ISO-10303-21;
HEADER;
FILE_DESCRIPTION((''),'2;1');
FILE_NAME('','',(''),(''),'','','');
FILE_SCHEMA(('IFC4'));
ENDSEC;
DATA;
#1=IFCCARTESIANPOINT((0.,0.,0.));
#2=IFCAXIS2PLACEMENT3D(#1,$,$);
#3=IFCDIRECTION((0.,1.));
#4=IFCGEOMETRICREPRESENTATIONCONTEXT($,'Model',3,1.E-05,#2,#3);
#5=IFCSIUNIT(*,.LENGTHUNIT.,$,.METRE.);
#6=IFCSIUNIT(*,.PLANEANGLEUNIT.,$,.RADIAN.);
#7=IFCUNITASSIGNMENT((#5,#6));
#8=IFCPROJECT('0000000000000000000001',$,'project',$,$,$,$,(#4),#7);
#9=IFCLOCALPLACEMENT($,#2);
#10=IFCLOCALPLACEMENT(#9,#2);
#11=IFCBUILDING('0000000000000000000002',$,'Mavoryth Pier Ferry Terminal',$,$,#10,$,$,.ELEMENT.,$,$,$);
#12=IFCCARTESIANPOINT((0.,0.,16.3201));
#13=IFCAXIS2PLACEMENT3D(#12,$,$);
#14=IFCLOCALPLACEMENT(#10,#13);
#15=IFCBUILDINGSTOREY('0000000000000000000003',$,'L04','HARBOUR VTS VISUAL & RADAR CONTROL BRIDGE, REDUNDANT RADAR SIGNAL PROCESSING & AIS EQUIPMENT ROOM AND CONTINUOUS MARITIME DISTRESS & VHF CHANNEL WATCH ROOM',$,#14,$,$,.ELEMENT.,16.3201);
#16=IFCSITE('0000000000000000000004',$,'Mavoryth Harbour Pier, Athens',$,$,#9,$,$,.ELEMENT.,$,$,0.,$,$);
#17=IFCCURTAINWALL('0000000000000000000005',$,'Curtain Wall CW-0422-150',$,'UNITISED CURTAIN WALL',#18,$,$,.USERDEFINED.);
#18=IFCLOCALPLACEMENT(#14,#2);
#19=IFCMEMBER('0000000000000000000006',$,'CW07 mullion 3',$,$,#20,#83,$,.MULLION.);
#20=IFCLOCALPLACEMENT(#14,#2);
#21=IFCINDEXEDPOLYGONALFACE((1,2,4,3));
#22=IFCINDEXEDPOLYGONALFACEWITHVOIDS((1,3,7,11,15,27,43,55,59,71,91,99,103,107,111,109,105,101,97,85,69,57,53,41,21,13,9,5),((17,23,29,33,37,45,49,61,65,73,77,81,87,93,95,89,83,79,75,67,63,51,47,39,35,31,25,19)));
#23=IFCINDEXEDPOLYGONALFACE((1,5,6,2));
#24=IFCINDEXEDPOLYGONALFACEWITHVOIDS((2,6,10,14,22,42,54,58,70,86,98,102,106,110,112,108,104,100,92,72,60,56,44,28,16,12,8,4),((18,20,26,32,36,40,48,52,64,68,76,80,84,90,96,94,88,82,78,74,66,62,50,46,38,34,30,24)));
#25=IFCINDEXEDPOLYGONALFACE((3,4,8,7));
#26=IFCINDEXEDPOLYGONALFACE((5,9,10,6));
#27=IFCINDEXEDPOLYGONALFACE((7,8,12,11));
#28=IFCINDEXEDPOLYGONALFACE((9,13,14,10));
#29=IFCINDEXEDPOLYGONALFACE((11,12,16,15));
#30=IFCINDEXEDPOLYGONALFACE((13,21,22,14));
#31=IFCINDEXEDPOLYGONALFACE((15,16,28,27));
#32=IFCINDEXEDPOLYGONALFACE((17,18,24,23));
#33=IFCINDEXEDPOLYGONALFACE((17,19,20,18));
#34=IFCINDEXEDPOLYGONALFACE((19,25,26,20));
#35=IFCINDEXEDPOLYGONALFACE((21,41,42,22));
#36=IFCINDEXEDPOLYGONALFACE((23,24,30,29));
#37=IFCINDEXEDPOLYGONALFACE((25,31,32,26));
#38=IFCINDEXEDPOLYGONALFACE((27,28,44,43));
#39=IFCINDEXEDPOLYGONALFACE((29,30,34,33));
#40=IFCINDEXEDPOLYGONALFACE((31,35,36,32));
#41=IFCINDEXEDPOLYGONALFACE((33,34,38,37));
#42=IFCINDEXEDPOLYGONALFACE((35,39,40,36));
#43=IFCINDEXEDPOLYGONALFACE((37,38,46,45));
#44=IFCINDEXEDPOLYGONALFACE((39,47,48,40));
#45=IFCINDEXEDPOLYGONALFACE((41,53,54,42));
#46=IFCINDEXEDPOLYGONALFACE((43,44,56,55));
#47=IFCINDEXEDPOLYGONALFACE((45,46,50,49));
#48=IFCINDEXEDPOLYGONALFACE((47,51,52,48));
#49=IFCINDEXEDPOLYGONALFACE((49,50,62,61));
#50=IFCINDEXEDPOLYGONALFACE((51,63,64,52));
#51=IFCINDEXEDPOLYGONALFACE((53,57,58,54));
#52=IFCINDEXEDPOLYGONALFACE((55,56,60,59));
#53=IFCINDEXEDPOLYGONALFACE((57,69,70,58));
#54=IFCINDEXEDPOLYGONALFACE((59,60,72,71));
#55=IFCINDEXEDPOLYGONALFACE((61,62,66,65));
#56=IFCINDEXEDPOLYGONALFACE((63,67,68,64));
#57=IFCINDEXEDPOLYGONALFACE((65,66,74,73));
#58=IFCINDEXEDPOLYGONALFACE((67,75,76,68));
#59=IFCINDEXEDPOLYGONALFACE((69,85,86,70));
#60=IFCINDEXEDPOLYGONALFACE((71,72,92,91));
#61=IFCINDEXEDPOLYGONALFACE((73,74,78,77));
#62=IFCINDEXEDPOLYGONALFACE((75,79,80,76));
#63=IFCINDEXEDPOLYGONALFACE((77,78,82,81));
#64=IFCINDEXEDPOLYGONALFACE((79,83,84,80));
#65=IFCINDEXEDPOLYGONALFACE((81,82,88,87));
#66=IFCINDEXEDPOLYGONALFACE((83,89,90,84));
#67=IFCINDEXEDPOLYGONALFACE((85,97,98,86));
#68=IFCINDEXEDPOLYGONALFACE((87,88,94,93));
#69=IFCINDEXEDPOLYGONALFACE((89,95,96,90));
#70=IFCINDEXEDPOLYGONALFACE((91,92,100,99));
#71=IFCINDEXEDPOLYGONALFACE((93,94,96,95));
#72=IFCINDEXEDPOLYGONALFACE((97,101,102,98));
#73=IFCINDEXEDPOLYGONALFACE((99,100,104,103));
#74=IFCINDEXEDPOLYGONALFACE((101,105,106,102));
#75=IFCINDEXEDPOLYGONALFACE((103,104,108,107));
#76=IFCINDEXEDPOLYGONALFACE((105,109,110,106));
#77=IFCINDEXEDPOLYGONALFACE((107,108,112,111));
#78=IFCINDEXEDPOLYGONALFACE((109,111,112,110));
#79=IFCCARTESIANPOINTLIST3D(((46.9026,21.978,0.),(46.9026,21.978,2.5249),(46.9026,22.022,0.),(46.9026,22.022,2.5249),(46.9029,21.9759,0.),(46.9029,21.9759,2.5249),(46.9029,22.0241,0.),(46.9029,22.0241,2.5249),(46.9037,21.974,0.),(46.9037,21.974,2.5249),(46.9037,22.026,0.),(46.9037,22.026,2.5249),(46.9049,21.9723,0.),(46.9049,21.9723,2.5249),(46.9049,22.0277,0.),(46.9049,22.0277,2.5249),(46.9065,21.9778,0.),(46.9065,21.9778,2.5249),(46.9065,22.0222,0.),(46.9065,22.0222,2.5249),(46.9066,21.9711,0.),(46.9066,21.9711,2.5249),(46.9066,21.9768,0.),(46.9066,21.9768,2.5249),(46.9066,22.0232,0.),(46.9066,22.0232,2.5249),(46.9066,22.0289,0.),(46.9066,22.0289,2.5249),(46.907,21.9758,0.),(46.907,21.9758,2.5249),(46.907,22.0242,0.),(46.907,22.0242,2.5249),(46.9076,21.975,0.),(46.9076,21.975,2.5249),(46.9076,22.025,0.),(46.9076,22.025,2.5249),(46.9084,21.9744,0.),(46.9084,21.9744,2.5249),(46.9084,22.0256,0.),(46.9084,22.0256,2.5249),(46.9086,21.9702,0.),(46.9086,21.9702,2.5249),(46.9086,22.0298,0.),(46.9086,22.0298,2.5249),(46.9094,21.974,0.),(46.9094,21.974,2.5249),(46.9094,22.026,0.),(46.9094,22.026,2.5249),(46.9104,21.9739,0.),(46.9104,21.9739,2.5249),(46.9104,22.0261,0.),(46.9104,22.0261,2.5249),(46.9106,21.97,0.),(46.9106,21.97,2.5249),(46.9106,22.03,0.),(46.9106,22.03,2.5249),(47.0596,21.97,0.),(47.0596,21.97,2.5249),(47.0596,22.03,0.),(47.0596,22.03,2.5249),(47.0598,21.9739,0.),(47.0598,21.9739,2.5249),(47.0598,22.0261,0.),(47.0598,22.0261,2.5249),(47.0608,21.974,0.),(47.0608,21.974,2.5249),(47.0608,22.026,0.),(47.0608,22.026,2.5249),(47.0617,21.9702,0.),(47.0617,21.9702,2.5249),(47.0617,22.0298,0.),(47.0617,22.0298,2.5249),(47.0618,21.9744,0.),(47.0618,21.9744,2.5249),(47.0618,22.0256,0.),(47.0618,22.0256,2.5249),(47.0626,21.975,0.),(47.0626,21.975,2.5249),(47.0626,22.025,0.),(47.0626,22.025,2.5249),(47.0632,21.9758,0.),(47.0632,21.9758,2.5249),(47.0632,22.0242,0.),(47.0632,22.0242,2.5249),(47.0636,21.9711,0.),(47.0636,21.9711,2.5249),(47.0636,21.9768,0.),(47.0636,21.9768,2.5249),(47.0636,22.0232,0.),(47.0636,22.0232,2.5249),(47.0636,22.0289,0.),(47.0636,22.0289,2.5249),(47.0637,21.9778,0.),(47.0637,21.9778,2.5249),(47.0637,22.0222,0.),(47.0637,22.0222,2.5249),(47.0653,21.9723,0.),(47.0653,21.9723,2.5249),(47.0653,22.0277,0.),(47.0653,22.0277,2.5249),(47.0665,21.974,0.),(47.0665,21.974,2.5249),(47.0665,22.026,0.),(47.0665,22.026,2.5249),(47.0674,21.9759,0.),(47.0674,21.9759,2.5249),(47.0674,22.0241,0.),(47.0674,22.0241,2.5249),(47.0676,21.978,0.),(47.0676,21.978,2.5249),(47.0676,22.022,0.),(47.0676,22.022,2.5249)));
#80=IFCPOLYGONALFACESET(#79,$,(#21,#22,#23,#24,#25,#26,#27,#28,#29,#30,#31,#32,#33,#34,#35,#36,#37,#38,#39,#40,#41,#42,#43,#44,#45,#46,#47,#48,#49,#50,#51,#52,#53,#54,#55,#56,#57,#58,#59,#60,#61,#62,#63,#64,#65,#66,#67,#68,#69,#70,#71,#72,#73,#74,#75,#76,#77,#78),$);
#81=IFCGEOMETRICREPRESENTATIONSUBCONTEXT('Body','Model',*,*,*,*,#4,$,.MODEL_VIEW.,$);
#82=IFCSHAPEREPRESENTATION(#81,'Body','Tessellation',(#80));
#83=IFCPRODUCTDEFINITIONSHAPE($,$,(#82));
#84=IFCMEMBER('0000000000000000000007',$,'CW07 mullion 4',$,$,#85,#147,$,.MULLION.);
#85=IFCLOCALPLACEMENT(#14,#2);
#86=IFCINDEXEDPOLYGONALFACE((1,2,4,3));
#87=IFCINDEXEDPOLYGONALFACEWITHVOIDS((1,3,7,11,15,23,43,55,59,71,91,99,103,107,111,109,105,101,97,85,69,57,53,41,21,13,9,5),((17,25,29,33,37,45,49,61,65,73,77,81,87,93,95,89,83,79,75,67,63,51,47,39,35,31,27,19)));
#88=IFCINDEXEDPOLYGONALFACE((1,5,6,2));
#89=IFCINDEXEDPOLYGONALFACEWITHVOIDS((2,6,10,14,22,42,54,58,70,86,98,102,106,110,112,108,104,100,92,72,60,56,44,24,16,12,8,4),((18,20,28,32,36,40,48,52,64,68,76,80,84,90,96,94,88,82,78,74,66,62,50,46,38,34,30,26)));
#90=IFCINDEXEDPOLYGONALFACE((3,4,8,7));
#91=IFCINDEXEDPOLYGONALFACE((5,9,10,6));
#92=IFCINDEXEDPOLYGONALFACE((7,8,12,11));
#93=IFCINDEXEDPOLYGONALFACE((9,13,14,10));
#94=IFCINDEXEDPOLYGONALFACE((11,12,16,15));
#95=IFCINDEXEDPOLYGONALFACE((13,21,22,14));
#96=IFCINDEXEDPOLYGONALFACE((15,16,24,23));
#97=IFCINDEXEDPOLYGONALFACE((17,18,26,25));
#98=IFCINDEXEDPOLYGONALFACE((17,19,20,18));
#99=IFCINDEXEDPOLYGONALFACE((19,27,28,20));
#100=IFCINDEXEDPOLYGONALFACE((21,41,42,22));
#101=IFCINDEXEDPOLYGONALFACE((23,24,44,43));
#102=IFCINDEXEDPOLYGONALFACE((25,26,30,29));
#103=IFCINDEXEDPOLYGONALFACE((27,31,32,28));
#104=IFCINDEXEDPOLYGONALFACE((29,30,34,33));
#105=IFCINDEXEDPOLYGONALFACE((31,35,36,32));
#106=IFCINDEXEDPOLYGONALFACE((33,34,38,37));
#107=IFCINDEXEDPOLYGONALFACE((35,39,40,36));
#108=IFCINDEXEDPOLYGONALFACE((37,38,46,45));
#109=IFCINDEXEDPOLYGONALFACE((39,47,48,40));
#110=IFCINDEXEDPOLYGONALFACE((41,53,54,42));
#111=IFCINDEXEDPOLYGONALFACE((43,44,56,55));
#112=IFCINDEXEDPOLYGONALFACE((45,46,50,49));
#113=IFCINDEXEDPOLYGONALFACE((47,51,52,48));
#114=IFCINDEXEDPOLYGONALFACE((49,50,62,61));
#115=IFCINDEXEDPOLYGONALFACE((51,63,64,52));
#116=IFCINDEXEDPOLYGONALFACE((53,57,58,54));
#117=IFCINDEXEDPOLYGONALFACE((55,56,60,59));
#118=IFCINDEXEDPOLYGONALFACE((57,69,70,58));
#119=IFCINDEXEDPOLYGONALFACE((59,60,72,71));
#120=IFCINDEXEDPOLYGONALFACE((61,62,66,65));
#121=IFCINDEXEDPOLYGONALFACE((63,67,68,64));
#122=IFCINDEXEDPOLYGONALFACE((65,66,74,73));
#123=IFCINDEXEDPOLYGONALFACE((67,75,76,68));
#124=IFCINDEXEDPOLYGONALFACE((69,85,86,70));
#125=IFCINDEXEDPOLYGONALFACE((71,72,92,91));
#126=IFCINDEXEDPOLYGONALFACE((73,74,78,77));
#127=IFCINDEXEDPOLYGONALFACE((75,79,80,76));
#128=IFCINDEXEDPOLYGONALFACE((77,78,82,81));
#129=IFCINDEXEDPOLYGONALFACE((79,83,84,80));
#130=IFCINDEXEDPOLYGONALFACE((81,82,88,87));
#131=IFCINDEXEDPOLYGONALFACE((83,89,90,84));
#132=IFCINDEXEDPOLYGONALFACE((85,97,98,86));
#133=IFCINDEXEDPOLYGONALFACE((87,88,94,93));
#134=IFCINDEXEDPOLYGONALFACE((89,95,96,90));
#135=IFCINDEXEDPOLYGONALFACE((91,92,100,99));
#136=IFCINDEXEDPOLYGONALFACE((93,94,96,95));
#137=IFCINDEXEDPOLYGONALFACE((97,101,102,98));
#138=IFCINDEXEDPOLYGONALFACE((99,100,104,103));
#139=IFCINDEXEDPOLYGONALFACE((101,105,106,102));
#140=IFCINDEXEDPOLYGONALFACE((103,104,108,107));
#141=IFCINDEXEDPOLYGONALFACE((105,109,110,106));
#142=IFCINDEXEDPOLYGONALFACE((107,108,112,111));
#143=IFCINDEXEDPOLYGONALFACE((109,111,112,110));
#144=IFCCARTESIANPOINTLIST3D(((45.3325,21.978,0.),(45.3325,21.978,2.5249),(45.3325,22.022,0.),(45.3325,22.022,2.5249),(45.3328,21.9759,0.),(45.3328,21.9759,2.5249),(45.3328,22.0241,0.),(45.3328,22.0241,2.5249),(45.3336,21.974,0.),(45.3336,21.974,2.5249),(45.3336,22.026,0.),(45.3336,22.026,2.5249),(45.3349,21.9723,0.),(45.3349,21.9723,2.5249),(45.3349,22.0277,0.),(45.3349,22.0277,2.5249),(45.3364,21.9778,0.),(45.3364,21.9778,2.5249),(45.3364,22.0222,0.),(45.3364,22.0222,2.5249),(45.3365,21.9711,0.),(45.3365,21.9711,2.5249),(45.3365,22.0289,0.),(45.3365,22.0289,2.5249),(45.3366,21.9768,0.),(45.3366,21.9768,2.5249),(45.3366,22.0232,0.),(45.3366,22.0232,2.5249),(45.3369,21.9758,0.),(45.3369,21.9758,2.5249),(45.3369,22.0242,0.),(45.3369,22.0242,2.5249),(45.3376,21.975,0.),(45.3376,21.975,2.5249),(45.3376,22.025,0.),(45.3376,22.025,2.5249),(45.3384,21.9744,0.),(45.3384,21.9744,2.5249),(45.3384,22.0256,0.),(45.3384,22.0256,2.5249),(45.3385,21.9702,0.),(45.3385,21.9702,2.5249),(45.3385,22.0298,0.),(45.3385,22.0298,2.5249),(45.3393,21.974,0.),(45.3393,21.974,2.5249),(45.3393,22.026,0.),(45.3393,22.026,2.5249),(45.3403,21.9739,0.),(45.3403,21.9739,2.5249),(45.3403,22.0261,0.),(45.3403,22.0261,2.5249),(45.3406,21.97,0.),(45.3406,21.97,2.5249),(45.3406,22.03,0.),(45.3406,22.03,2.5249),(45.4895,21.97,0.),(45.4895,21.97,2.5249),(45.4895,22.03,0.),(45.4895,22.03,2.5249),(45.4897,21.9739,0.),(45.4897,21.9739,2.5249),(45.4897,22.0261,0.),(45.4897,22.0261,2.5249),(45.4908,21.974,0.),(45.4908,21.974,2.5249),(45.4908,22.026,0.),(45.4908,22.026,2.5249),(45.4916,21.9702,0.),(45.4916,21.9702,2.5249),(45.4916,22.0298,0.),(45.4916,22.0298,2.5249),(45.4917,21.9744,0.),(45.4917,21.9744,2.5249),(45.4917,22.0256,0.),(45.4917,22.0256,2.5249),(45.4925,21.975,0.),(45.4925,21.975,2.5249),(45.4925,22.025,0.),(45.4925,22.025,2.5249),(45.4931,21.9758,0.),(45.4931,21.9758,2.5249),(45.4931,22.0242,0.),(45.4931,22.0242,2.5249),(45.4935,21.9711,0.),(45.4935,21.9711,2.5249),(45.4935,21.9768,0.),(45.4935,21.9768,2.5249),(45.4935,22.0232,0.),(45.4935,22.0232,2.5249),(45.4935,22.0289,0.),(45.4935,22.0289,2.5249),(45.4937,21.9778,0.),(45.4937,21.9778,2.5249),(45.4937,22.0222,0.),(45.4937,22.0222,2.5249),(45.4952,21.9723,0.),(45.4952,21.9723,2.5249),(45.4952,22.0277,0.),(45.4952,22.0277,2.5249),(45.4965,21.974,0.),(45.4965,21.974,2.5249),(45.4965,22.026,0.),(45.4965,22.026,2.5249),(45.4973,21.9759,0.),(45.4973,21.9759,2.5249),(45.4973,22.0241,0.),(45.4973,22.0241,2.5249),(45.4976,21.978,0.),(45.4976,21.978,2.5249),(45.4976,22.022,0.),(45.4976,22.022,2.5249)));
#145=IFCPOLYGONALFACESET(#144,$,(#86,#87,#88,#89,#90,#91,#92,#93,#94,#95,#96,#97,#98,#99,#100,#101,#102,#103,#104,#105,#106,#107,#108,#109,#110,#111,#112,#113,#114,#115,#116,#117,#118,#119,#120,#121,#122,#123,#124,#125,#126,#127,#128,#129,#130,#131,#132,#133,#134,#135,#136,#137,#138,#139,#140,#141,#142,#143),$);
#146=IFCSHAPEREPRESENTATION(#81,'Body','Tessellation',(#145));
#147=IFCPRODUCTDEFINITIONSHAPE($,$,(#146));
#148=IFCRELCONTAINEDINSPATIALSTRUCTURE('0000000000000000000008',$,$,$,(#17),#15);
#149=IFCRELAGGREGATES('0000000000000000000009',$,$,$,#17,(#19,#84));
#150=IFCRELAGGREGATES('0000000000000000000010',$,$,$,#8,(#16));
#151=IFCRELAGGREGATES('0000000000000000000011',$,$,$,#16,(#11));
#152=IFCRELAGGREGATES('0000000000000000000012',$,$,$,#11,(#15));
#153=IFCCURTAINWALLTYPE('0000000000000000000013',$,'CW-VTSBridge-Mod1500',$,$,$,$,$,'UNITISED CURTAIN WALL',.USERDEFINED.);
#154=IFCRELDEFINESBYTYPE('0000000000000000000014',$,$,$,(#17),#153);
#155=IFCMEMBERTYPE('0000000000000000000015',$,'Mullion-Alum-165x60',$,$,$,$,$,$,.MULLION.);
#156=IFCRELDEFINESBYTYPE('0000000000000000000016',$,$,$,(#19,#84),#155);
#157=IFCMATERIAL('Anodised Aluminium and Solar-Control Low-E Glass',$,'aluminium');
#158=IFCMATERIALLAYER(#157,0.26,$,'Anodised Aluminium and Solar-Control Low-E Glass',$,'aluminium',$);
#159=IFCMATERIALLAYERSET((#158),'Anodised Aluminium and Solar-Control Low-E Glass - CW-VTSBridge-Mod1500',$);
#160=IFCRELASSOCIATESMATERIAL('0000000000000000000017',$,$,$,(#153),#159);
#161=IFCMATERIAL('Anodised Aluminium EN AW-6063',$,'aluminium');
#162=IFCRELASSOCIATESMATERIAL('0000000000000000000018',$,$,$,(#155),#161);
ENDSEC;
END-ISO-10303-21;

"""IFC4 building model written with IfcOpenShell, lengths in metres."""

from ifc_helpers import new_model, si_unit, direction, frame, origin, origin_2d, place, context, subcontext, project, spatial, hollow_rectangle, extrude, material, layer, layer_set, material_profile, profile_set, type_object, element, aggregate, save


model = new_model("IFC4")

# Units and contexts
model_context = context("Model", 3, precision=1e-05, world=origin(), true_north=direction((0.0, 1.0)))
body_context = subcontext(model_context, "Body", "Model", "MODEL_VIEW")
ifc_project = project(units=[si_unit("LENGTHUNIT", "METRE"), si_unit("PLANEANGLEUNIT", "RADIAN")], contexts=[model_context])

# Site, building, storey
site_placement = place(None, origin())
site = spatial("IfcSite", under=ifc_project, at=site_placement, Name="Mavoryth Harbour Pier, Athens", CompositionType="ELEMENT", RefElevation=0.0)
building_placement = place(site_placement, origin())
building = spatial("IfcBuilding", under=site, at=building_placement, Name="Mavoryth Pier Ferry Terminal", CompositionType="ELEMENT")
storey_placement = place(building_placement, frame((0.0, 0.0, 16.3201)))
storey = spatial("IfcBuildingStorey", under=building, at=storey_placement, Name="L04", Description="HARBOUR VTS VISUAL & RADAR CONTROL BRIDGE, REDUNDANT RADAR SIGNAL PROCESSING & AIS EQUIPMENT ROOM AND CONTINUOUS MARITIME DISTRESS & VHF CHANNEL WATCH ROOM", CompositionType="ELEMENT", Elevation=16.3201)

# Curtain wall, members
ifc_material_1 = material(Name="Anodised Aluminium and Solar-Control Low-E Glass", Category="aluminium")
ifc_layer_1 = layer(ifc_material_1, 0.26, Name="Anodised Aluminium and Solar-Control Low-E Glass", Category="aluminium")
ifc_layer_set_1 = layer_set([ifc_layer_1], Name="Anodised Aluminium and Solar-Control Low-E Glass - CW-VTSBridge-Mod1500")
curtain_wall_type = type_object("IfcCurtainWallType", Name="CW-VTSBridge-Mod1500", ElementType="UNITISED CURTAIN WALL", PredefinedType="USERDEFINED", material=ifc_layer_set_1)
curtain_wall_placement = place(storey_placement, origin())
curtain_wall = element("IfcCurtainWall", 1, at=curtain_wall_placement, inside=storey, type_object=curtain_wall_type, Name="Curtain Wall CW-0422-150", ObjectType="UNITISED CURTAIN WALL", PredefinedType="USERDEFINED")
ifc_material_2 = material(Name="Anodised Aluminium EN AW-6063", Category="aluminium")
ifc_material_profile_1 = material_profile(ifc_material_2, hollow_rectangle(XDim=0.0601, YDim=0.165, WallThickness=0.0039, InnerFilletRadius=0.0039, OuterFilletRadius=0.0081, at=origin_2d()), Name="AL-MULL 165x60x4", Category="aluminium")
ifc_profile_set_1 = profile_set([ifc_material_profile_1], Name="Anodised Aluminium EN AW-6063 - AL-MULL 165x60x4")
member_type_1 = type_object("IfcMemberType", Name="Mullion-Alum-165x60", PredefinedType="MULLION", material=ifc_profile_set_1)
member_1_placement = place(storey_placement, frame((46.9851, 22.0, 0.0), z_axis=(0.0, 0.0, 1.0), x_axis=(0.0, -1.0, 0.0)))
member_1 = element("IfcMember", 2, at=member_1_placement, type_object=member_type_1, Name="CW07 mullion 3", PredefinedType="MULLION", context=body_context, shape_type="SweptSolid", body=[
    extrude(hollow_rectangle(XDim=0.0601, YDim=0.165, WallThickness=0.0039, InnerFilletRadius=0.0039, OuterFilletRadius=0.0081, at=origin_2d()), origin(), (0.0, 0.0, 1.0), 2.5249),
])
member_2_placement = place(storey_placement, frame((45.415, 22.0, 0.0), z_axis=(0.0, 0.0, 1.0), x_axis=(0.0, -1.0, 0.0)))
member_2 = element("IfcMember", 3, at=member_2_placement, type_object=member_type_1, Name="CW07 mullion 4", PredefinedType="MULLION", context=body_context, shape_type="SweptSolid", body=[
    extrude(hollow_rectangle(XDim=0.0601, YDim=0.165, WallThickness=0.0039, InnerFilletRadius=0.0039, OuterFilletRadius=0.0081, at=origin_2d()), origin(), (0.0, 0.0, 1.0), 2.5249),
])
aggregate(curtain_wall, [member_1, member_2])

save(model, "model.ifc")
